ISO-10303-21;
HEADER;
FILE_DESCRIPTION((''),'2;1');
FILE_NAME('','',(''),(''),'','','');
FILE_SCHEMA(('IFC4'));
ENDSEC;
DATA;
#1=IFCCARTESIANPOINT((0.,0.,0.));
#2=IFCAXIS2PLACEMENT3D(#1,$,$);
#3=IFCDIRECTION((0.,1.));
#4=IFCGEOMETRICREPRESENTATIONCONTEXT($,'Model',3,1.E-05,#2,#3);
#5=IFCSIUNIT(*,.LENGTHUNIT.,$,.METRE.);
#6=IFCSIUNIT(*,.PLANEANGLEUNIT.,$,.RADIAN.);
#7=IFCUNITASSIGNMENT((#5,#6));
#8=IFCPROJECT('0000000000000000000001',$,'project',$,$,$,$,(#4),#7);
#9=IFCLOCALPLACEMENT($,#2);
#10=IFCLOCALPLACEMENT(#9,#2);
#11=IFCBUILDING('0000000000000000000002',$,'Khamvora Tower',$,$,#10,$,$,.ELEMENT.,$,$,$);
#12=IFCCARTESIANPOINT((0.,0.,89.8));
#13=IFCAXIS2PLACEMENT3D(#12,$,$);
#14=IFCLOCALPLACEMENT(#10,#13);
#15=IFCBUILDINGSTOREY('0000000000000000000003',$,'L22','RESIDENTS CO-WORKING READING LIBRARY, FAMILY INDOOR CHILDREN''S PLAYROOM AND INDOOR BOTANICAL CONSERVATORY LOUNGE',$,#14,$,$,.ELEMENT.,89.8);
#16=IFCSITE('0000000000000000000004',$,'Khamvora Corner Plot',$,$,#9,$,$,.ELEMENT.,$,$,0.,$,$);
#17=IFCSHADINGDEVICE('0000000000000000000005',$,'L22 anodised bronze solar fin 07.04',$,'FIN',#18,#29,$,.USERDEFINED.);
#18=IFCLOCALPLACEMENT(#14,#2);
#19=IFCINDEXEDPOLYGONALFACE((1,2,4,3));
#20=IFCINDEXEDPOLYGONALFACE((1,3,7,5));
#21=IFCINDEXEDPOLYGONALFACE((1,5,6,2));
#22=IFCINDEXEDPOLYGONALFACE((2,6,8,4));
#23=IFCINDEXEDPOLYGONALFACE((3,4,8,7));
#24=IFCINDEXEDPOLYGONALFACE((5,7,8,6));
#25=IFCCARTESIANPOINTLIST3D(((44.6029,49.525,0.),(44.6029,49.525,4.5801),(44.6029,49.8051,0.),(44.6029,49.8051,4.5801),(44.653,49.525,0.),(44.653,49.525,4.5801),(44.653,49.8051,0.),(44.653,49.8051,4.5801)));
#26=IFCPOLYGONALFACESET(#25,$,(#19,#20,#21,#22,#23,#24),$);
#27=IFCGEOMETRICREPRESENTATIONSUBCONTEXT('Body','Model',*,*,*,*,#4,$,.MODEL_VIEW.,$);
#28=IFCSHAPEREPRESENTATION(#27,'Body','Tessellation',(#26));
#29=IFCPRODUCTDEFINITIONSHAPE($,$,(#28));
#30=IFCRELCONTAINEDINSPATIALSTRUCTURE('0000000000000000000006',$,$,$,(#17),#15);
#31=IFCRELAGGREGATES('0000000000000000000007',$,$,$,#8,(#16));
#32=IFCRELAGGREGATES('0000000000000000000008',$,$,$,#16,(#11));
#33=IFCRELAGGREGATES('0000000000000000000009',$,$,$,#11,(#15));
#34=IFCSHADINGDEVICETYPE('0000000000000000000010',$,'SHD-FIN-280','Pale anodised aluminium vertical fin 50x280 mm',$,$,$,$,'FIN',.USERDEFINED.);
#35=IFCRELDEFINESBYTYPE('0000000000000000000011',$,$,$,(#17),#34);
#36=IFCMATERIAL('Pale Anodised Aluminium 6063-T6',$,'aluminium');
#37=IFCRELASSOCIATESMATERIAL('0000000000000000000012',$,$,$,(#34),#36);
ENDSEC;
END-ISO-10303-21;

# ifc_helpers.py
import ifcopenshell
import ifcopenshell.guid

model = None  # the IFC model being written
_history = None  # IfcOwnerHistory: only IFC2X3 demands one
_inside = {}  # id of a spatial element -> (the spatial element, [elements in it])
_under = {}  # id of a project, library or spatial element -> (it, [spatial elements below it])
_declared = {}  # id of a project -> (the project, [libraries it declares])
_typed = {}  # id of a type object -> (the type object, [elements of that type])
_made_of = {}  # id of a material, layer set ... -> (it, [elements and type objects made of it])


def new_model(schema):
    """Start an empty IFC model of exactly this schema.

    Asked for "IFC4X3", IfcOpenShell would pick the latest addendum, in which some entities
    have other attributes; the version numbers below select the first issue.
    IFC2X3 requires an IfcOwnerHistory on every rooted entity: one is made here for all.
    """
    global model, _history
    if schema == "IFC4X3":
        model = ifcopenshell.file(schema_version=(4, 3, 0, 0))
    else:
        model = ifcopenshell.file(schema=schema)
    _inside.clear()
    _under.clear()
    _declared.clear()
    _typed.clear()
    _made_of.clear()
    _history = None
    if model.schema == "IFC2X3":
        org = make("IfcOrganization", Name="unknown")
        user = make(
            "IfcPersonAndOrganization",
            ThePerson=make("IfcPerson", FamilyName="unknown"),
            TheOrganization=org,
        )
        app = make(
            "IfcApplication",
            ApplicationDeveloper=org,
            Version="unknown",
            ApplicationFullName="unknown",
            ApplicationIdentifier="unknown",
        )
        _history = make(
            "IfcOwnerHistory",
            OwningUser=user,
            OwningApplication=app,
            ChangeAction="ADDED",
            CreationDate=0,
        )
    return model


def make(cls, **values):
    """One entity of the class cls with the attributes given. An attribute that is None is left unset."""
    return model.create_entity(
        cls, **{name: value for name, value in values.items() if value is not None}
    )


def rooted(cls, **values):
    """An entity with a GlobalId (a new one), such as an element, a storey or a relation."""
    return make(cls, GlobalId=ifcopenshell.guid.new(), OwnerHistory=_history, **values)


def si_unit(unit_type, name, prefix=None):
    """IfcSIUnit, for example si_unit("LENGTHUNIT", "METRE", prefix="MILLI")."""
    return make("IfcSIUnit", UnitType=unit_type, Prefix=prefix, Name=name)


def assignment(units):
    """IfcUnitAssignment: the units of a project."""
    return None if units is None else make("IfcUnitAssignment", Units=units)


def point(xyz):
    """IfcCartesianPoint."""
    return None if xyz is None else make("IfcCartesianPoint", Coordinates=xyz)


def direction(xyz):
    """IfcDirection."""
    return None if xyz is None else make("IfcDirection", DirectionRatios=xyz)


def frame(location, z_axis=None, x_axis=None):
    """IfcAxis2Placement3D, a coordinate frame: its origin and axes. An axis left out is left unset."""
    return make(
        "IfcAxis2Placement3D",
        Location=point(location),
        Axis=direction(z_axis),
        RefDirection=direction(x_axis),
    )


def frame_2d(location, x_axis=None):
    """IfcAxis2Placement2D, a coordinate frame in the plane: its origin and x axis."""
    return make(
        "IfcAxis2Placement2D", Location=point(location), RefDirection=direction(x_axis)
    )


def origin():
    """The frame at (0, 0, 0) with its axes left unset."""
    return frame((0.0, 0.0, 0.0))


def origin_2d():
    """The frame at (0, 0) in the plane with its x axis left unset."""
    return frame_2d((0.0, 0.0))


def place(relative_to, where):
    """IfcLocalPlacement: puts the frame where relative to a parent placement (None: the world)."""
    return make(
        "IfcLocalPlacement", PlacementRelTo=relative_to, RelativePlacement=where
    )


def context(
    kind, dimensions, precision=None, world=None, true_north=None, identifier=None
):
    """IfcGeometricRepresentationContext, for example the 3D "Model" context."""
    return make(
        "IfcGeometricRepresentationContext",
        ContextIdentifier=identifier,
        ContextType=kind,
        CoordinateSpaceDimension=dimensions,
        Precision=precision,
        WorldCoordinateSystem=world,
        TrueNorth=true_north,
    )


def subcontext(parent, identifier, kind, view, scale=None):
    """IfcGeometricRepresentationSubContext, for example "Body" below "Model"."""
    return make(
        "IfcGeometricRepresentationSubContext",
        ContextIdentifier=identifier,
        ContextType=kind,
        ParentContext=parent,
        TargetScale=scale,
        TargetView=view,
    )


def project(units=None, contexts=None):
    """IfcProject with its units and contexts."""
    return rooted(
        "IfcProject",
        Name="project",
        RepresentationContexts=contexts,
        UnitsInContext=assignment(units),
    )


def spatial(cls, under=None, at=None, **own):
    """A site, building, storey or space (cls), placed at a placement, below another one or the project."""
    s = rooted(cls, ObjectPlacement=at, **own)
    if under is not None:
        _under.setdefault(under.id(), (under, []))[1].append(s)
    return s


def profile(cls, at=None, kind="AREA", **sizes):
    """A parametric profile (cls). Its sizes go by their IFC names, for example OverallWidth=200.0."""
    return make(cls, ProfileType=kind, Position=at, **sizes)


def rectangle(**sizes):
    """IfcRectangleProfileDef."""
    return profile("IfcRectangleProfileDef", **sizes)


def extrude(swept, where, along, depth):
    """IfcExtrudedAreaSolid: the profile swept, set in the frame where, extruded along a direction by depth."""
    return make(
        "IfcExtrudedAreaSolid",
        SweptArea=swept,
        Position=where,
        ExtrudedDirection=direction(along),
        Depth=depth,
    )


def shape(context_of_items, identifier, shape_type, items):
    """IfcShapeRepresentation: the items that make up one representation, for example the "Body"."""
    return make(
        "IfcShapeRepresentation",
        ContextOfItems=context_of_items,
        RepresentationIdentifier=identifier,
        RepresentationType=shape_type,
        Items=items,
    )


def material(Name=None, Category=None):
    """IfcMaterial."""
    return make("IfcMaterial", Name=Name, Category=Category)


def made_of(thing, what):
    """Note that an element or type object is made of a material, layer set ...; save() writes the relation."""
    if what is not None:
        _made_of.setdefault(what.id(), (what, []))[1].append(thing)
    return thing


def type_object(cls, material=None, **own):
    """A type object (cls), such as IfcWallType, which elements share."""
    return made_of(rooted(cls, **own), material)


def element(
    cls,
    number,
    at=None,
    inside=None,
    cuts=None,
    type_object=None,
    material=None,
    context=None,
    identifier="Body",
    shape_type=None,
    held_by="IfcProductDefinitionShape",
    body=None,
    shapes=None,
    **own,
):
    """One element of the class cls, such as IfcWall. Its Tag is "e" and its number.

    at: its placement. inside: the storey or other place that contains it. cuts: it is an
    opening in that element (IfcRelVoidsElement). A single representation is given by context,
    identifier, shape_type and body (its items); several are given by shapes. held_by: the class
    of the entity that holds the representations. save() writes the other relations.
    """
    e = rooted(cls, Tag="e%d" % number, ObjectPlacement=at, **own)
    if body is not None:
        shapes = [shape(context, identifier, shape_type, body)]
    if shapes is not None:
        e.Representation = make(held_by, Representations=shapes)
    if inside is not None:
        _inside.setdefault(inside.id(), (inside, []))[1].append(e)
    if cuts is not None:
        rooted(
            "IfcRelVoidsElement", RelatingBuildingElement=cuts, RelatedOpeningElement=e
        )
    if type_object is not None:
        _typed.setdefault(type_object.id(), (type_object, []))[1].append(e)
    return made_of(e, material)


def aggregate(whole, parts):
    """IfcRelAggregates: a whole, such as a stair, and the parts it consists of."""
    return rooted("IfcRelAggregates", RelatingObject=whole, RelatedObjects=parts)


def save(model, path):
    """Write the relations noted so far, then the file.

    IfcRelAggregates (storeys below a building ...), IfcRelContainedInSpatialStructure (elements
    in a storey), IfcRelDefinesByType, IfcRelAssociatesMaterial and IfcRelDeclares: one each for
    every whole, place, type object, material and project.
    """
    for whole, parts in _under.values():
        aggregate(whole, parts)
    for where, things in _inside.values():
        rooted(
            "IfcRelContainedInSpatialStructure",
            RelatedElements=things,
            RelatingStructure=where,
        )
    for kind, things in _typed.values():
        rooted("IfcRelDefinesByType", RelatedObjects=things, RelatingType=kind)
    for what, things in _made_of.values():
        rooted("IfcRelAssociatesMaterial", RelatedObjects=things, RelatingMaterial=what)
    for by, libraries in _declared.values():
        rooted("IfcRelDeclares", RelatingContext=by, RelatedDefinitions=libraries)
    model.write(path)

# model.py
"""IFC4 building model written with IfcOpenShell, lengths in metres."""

from ifc_helpers import new_model, si_unit, direction, frame, origin, origin_2d, place, context, subcontext, project, spatial, rectangle, extrude, material, type_object, element, save


model = new_model("IFC4")

# Units and contexts
model_context = context("Model", 3, precision=1e-05, world=origin(), true_north=direction((0.0, 1.0)))
body_context = subcontext(model_context, "Body", "Model", "MODEL_VIEW")
ifc_project = project(units=[si_unit("LENGTHUNIT", "METRE"), si_unit("PLANEANGLEUNIT", "RADIAN")], contexts=[model_context])

# Site, building, storey
site_placement = place(None, origin())
site = spatial("IfcSite", under=ifc_project, at=site_placement, Name="Khamvora Corner Plot", CompositionType="ELEMENT", RefElevation=0.0)
building_placement = place(site_placement, origin())
building = spatial("IfcBuilding", under=site, at=building_placement, Name="Khamvora Tower", CompositionType="ELEMENT")
storey_placement = place(building_placement, frame((0.0, 0.0, 89.8)))
storey = spatial("IfcBuildingStorey", under=building, at=storey_placement, Name="L22", Description="RESIDENTS CO-WORKING READING LIBRARY, FAMILY INDOOR CHILDREN'S PLAYROOM AND INDOOR BOTANICAL CONSERVATORY LOUNGE", CompositionType="ELEMENT", Elevation=89.8)

# Shading device
ifc_material_1 = material(Name="Pale Anodised Aluminium 6063-T6", Category="aluminium")
shading_device_type = type_object("IfcShadingDeviceType", Name="SHD-FIN-280", Description="Pale anodised aluminium vertical fin 50x280 mm", ElementType="FIN", PredefinedType="USERDEFINED", material=ifc_material_1)
shading_device_placement = place(storey_placement, frame((44.6279, 49.665, 0.0), z_axis=(0.0, 0.0, 1.0), x_axis=(1.0, 0.0, 0.0)))
element("IfcShadingDevice", 1, at=shading_device_placement, inside=storey, type_object=shading_device_type, Name="L22 anodised bronze solar fin 07.04", ObjectType="FIN", PredefinedType="USERDEFINED", context=body_context, shape_type="SweptSolid", body=[
    extrude(rectangle(XDim=0.05, YDim=0.28, at=origin_2d()), origin(), (0.0, 0.0, 1.0), 4.5801),
])

save(model, "model.ifc")
